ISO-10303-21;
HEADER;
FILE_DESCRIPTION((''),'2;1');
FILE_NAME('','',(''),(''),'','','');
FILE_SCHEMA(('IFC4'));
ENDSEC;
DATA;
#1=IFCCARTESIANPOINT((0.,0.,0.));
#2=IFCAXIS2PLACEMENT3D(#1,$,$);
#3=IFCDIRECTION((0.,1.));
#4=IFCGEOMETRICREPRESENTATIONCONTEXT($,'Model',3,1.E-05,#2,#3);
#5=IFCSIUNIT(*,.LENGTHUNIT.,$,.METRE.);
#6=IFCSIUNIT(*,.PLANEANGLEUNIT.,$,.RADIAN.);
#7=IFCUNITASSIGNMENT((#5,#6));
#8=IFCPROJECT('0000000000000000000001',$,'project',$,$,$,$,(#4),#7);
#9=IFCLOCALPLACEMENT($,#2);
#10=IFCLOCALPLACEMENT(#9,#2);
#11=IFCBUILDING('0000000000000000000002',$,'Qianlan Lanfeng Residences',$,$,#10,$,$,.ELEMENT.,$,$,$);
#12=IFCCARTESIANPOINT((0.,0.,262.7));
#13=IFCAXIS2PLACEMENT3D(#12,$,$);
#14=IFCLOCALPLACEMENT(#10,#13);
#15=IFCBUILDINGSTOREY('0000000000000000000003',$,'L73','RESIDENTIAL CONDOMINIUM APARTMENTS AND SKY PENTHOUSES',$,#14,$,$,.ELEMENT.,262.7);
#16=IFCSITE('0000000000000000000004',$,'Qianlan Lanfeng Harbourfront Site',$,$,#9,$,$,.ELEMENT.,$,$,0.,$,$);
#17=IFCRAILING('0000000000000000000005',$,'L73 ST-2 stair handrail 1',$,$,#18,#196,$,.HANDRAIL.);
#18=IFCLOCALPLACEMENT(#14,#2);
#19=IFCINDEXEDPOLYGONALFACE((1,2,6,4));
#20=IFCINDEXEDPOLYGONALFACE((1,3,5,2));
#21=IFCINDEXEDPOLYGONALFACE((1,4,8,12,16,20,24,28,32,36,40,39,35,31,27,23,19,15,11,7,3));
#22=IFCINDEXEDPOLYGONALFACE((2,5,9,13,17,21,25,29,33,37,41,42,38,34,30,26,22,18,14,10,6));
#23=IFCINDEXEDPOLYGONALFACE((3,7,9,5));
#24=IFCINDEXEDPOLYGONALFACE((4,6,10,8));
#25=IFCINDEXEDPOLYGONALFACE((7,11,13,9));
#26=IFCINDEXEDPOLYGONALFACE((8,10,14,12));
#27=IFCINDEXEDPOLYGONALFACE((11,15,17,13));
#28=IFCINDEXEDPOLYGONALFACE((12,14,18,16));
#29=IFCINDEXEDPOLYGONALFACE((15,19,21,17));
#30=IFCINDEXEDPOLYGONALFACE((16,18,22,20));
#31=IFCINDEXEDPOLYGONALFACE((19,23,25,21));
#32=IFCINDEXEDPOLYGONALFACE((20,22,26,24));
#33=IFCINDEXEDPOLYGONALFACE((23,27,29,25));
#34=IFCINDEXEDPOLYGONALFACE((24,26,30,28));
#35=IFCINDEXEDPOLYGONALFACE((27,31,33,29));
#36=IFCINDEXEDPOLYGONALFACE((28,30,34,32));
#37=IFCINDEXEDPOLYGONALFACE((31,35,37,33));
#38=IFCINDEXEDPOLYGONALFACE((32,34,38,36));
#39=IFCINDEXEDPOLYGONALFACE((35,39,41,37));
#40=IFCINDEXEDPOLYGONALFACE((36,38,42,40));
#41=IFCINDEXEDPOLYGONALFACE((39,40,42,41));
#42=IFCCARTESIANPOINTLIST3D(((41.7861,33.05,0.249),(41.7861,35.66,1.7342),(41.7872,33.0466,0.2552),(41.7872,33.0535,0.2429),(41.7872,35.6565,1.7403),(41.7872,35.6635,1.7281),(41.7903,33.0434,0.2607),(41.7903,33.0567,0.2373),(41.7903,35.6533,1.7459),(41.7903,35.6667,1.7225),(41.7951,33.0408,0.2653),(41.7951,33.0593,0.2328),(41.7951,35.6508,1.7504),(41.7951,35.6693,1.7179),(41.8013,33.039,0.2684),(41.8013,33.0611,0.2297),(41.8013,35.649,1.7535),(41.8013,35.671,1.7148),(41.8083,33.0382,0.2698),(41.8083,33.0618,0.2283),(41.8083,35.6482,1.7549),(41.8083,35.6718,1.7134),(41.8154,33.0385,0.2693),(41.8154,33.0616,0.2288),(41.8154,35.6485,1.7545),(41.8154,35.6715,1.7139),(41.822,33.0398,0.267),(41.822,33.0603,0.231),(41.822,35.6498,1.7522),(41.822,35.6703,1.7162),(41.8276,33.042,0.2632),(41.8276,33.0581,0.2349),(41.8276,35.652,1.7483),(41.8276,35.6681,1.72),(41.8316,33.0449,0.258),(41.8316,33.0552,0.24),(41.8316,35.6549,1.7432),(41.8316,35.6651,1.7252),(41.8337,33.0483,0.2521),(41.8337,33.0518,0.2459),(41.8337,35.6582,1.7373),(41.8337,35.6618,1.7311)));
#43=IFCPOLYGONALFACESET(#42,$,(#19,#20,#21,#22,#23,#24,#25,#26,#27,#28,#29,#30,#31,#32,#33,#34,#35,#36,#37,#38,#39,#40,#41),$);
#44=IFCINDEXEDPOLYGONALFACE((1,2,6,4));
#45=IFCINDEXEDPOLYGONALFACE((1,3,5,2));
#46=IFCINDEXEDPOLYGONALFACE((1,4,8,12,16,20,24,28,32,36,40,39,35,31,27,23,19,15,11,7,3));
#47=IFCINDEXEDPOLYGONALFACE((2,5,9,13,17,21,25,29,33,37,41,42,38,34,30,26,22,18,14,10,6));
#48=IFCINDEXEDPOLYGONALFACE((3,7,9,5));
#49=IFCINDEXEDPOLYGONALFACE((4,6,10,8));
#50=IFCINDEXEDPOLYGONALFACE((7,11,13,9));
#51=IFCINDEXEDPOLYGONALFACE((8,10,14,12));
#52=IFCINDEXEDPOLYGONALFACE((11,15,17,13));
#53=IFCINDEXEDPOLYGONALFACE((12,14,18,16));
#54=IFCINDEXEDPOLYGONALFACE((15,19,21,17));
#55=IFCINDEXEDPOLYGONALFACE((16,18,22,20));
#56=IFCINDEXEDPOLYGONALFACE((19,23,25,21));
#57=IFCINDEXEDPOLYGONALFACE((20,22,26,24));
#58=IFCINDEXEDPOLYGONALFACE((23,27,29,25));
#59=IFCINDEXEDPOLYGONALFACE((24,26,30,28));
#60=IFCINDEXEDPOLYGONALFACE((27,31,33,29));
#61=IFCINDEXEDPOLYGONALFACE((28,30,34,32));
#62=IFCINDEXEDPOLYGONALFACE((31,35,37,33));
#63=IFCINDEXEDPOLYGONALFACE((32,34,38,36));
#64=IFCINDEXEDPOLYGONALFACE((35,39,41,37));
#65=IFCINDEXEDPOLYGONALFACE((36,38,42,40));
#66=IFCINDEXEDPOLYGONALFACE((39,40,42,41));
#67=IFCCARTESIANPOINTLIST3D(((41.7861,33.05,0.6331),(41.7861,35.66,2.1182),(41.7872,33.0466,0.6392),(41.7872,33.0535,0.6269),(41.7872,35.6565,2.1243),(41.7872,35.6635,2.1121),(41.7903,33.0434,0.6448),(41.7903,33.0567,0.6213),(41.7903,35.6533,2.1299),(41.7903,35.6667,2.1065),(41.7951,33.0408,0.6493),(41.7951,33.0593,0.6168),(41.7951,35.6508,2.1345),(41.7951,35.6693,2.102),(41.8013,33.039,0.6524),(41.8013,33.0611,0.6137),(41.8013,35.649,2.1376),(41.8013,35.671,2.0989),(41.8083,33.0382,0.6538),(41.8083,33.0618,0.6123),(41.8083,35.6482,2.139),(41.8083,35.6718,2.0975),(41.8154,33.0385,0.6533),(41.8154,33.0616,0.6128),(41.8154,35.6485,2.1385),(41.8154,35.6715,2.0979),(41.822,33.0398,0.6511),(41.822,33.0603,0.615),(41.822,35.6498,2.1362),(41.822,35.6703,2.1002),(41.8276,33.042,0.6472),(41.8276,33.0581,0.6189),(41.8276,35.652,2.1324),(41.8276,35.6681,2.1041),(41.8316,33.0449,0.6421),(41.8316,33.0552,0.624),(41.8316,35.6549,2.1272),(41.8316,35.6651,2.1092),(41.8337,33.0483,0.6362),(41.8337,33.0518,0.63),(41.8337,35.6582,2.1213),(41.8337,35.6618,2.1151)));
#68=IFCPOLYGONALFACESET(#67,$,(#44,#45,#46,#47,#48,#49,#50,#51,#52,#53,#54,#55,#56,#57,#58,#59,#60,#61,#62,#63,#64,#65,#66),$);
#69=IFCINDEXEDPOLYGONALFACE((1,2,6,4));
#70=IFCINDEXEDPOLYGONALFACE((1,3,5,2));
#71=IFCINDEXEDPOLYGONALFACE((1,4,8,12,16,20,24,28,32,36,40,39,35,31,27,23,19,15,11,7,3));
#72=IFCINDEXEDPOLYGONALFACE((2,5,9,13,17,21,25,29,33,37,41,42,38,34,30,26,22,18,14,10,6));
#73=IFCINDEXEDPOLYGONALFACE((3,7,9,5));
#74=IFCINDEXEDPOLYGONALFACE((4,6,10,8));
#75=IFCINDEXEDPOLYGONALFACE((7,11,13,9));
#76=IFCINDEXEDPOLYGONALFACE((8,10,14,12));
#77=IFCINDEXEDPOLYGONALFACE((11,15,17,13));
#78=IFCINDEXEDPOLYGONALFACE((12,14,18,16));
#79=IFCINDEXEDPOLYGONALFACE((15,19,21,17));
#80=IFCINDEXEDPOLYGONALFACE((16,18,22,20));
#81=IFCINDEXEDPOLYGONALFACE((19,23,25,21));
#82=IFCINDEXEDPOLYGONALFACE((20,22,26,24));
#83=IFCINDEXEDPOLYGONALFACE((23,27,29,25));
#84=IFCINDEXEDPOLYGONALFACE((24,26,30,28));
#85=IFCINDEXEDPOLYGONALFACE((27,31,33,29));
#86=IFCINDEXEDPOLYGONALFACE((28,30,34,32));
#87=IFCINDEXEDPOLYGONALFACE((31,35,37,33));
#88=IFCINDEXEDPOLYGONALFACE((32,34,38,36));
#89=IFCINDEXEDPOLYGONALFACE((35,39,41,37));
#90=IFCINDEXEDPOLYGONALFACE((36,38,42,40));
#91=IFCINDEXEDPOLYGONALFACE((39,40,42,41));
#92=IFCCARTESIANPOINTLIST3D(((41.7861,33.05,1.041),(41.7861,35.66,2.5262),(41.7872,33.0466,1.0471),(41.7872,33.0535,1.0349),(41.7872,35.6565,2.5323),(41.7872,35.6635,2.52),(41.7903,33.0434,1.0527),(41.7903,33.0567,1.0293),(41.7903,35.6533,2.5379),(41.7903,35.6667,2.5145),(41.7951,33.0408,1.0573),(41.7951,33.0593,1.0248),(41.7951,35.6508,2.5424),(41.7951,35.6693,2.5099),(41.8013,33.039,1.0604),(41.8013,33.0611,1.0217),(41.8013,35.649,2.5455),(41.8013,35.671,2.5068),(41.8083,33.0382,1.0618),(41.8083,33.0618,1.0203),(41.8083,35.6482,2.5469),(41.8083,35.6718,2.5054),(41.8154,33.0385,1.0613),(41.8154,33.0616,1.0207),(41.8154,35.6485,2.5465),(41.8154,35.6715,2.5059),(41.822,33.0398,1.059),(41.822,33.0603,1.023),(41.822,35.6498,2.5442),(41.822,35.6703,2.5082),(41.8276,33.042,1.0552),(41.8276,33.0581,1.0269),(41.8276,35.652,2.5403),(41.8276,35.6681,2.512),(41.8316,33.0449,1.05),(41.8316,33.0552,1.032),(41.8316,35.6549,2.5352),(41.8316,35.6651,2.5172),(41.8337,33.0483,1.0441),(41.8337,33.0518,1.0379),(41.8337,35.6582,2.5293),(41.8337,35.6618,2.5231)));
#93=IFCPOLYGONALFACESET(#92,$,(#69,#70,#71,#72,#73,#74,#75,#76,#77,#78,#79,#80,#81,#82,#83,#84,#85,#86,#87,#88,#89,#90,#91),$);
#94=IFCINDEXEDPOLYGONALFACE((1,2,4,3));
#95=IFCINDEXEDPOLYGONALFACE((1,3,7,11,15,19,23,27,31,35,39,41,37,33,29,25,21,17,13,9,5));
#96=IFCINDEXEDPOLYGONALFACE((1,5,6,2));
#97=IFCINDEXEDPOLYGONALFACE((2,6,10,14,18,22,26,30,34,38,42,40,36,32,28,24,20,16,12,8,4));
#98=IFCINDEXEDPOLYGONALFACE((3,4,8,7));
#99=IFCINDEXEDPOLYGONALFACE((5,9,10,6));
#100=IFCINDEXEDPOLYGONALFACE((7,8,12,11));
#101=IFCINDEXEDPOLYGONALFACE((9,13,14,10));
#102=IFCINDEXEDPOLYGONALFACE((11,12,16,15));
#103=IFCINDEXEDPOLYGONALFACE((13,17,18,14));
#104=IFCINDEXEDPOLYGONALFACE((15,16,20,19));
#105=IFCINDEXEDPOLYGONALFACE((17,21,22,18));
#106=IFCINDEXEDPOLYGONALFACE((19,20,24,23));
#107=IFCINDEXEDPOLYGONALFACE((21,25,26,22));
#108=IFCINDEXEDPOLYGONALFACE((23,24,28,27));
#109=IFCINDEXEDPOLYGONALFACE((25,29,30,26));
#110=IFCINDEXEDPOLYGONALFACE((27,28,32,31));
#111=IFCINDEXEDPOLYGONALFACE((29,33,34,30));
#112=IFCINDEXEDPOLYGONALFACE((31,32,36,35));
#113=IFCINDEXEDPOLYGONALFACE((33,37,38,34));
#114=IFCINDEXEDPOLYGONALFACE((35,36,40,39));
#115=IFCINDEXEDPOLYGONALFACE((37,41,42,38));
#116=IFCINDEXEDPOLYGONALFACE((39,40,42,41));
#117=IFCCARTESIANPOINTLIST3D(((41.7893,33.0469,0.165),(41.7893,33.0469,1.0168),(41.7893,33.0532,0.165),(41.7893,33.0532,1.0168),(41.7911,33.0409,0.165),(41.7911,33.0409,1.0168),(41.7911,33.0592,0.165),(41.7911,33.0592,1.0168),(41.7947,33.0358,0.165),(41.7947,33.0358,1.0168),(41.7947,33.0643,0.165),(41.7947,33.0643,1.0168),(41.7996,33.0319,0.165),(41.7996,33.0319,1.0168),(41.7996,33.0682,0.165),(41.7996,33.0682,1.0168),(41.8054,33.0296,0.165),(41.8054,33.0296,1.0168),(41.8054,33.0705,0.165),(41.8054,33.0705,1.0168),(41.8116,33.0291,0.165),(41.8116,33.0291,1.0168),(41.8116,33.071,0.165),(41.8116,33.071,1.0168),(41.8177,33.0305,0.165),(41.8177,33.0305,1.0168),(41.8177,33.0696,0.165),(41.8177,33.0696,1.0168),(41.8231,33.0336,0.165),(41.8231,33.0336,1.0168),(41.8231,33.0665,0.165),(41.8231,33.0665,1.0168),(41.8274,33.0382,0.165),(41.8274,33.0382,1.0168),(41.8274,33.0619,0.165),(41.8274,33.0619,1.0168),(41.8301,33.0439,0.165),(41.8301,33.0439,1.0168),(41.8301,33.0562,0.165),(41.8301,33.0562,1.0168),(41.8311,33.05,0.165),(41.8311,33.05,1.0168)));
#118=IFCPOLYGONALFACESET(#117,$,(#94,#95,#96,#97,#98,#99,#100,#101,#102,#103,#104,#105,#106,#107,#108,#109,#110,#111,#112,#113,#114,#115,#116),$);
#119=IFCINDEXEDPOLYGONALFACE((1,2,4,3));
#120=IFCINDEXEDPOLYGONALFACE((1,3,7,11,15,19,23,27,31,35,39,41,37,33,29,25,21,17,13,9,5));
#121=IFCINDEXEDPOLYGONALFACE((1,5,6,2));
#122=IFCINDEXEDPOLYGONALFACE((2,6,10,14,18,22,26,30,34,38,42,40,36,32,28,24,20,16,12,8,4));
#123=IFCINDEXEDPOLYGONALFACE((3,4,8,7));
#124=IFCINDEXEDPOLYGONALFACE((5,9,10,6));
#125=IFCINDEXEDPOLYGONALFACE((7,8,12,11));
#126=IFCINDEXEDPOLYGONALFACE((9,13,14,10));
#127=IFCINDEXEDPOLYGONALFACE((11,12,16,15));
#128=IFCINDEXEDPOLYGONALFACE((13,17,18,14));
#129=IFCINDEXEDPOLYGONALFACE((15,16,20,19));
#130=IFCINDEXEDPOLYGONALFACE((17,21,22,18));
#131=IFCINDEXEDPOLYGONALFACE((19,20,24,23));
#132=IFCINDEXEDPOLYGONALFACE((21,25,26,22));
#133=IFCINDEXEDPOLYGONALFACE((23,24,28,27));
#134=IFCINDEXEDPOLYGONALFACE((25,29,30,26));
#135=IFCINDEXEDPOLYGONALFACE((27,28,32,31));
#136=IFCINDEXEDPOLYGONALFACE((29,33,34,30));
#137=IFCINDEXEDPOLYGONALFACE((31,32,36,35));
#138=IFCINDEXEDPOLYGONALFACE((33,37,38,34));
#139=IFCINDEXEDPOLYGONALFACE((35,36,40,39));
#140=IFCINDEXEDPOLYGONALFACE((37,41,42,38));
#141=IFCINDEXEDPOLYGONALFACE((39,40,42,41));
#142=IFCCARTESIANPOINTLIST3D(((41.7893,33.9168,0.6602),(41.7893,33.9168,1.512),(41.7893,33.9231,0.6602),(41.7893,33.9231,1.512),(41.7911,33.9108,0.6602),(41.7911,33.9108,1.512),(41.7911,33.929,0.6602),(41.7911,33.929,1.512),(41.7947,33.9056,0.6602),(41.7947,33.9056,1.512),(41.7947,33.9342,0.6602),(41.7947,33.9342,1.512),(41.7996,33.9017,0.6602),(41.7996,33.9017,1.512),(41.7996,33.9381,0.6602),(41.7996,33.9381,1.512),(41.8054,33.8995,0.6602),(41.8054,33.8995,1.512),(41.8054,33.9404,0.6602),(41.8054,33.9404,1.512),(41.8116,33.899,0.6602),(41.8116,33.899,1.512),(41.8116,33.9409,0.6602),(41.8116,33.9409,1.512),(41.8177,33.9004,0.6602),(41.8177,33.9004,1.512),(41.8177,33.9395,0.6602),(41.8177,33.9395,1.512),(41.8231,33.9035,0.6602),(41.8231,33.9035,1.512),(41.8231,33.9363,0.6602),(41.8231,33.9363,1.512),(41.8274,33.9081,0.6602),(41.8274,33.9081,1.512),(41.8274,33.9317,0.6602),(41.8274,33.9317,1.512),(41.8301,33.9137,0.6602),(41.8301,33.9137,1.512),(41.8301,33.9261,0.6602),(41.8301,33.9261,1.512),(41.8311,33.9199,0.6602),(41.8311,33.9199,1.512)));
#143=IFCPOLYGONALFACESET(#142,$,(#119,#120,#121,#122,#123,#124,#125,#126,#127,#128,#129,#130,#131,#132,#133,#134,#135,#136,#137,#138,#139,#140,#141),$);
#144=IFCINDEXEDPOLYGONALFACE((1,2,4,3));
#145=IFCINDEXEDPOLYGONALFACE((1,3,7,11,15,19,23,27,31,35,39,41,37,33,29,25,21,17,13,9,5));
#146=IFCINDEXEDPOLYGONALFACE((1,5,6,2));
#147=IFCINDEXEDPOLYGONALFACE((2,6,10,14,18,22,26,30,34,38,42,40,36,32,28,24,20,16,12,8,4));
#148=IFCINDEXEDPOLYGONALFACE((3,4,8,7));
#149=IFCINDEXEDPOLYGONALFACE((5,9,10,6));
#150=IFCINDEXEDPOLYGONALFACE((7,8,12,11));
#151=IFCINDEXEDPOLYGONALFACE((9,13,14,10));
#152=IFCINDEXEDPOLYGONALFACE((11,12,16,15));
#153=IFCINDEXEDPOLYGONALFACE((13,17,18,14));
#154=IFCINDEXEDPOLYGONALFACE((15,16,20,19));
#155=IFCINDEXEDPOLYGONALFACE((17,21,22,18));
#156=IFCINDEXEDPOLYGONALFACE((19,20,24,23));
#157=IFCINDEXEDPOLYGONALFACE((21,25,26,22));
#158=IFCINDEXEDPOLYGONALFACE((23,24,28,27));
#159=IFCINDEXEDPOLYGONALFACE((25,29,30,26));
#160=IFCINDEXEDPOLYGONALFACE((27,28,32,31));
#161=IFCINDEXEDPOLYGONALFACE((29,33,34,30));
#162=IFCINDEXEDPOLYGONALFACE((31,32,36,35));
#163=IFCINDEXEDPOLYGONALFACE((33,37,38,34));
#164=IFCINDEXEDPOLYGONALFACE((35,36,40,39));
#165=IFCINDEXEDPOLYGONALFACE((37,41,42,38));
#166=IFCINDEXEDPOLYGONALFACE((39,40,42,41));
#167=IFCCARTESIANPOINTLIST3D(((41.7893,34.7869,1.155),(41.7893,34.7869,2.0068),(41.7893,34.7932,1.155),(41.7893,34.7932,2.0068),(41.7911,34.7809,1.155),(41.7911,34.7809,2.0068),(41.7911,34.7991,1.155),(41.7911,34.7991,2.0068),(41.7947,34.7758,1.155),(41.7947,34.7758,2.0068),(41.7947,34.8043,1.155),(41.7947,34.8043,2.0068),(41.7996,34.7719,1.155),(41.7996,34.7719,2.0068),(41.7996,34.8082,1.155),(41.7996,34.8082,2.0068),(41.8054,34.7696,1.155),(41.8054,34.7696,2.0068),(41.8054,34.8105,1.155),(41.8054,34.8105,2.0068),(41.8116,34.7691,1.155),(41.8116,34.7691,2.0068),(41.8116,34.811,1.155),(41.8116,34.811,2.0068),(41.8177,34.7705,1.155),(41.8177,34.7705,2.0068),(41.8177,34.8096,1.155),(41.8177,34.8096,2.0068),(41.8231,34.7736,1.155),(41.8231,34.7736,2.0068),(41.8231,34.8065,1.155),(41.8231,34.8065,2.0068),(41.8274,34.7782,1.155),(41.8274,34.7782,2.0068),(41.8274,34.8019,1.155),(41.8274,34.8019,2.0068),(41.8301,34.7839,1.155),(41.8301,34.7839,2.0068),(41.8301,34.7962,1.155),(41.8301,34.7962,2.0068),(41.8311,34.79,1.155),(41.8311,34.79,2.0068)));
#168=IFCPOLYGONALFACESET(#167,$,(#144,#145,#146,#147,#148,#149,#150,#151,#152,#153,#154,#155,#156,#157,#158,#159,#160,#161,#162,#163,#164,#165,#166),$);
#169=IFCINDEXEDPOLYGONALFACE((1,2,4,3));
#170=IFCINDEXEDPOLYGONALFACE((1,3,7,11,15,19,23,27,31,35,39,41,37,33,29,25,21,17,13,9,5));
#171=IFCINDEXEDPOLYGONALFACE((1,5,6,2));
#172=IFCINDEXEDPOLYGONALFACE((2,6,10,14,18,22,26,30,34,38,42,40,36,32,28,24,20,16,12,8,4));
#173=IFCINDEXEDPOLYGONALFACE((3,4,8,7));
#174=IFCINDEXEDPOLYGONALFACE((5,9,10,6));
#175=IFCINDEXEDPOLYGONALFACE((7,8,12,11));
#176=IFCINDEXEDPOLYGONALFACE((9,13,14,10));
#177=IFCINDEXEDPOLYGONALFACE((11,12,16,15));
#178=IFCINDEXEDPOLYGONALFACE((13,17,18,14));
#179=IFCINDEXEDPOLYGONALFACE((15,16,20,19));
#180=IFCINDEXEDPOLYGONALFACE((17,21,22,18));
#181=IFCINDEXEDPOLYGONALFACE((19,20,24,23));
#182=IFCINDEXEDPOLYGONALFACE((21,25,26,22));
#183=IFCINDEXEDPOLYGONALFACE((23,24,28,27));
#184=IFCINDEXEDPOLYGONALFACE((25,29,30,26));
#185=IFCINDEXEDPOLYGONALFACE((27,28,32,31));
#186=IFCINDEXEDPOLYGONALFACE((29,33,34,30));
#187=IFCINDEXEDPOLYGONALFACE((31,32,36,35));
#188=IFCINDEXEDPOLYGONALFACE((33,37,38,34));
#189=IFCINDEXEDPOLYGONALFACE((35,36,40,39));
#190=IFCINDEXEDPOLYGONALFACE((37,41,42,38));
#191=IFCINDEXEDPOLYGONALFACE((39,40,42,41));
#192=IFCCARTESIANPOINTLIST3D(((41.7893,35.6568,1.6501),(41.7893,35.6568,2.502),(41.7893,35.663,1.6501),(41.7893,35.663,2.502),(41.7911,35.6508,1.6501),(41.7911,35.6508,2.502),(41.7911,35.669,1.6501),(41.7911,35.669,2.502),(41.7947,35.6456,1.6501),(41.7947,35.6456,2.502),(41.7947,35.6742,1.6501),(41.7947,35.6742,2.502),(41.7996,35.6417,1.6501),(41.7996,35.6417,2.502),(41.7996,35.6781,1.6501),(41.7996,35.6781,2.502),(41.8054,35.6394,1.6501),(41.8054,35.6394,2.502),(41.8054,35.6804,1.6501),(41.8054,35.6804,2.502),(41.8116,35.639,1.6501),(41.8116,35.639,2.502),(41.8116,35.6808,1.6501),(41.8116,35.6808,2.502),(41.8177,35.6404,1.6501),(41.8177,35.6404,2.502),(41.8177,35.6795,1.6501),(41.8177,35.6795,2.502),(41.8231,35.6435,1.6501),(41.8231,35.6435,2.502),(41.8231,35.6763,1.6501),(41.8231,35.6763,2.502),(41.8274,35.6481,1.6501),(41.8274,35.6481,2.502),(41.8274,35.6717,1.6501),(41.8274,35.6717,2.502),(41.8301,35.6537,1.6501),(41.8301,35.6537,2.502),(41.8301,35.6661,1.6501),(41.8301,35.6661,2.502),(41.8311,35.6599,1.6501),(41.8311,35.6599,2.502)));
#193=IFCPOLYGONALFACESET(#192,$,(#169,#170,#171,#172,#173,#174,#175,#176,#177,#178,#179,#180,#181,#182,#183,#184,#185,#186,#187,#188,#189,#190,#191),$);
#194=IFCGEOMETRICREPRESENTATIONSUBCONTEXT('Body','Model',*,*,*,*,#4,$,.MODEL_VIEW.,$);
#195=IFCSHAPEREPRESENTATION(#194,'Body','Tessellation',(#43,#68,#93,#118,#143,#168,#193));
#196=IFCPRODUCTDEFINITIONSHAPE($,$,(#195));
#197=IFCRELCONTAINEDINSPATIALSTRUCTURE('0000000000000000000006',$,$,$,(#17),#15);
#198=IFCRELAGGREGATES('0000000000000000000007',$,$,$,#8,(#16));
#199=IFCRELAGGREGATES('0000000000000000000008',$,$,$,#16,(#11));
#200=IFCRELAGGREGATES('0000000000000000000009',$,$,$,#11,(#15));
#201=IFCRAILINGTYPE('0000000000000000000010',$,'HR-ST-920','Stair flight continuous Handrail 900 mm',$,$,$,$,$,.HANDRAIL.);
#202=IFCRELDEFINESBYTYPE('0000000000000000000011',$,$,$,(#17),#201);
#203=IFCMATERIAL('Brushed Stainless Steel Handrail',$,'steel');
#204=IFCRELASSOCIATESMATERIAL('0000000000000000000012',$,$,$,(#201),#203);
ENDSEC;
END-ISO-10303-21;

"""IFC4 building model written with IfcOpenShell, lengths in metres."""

from ifc_helpers import new_model, si_unit, direction, frame, origin, origin_2d, place, context, subcontext, project, spatial, circle, extrude, material, type_object, element, save


model = new_model("IFC4")

# Units and contexts
model_context = context("Model", 3, precision=1e-05, world=origin(), true_north=direction((0.0, 1.0)))
body_context = subcontext(model_context, "Body", "Model", "MODEL_VIEW")
ifc_project = project(units=[si_unit("LENGTHUNIT", "METRE"), si_unit("PLANEANGLEUNIT", "RADIAN")], contexts=[model_context])

# Site, building, storey
site_placement = place(None, origin())
site = spatial("IfcSite", under=ifc_project, at=site_placement, Name="Qianlan Lanfeng Harbourfront Site", CompositionType="ELEMENT", RefElevation=0.0)
building_placement = place(site_placement, origin())
building = spatial("IfcBuilding", under=site, at=building_placement, Name="Qianlan Lanfeng Residences", CompositionType="ELEMENT")
storey_placement = place(building_placement, frame((0.0, 0.0, 262.7)))
storey = spatial("IfcBuildingStorey", under=building, at=storey_placement, Name="L73", Description="RESIDENTIAL CONDOMINIUM APARTMENTS AND SKY PENTHOUSES", CompositionType="ELEMENT", Elevation=262.7)

# Railing
ifc_material_1 = material(Name="Brushed Stainless Steel Handrail", Category="steel")
railing_type_1 = type_object("IfcRailingType", Name="HR-ST-920", Description="Stair flight continuous Handrail 900 mm", PredefinedType="HANDRAIL", material=ifc_material_1)
railing_1_placement = place(storey_placement, frame((41.8101, 33.05, 0.165)))
element("IfcRailing", 1, at=railing_1_placement, inside=storey, type_object=railing_type_1, Name="L73 ST-2 stair handrail 1", PredefinedType="HANDRAIL", context=body_context, shape_type="SweptSolid", body=[
    extrude(circle(Radius=0.0239, at=origin_2d()), frame((0.0, 0.0, 0.084), z_axis=(0.0, 0.869137, 0.494571), x_axis=(-1.0, 0.0, 0.0)), (0.0, 0.0, 1.0), 3.0029),
    extrude(circle(Radius=0.0239, at=origin_2d()), frame((0.0, 0.0, 0.468), z_axis=(0.0, 0.869137, 0.494571), x_axis=(-1.0, 0.0, 0.0)), (0.0, 0.0, 1.0), 3.0029),
    extrude(circle(Radius=0.0239, at=origin_2d()), frame((0.0, 0.0, 0.876), z_axis=(0.0, 0.869137, 0.494571), x_axis=(-1.0, 0.0, 0.0)), (0.0, 0.0, 1.0), 3.0029),
    extrude(circle(Radius=0.021, at=origin_2d()), origin(), (0.0, 0.0, 1.0), 0.8518),
    extrude(circle(Radius=0.021, at=origin_2d()), frame((0.0, 0.8699, 0.4951)), (0.0, 0.0, 1.0), 0.8518),
    extrude(circle(Radius=0.021, at=origin_2d()), frame((0.0, 1.74, 0.99)), (0.0, 0.0, 1.0), 0.8518),
    extrude(circle(Radius=0.021, at=origin_2d()), frame((0.0, 2.6099, 1.4851)), (0.0, 0.0, 1.0), 0.8518),
])

save(model, "model.ifc")
